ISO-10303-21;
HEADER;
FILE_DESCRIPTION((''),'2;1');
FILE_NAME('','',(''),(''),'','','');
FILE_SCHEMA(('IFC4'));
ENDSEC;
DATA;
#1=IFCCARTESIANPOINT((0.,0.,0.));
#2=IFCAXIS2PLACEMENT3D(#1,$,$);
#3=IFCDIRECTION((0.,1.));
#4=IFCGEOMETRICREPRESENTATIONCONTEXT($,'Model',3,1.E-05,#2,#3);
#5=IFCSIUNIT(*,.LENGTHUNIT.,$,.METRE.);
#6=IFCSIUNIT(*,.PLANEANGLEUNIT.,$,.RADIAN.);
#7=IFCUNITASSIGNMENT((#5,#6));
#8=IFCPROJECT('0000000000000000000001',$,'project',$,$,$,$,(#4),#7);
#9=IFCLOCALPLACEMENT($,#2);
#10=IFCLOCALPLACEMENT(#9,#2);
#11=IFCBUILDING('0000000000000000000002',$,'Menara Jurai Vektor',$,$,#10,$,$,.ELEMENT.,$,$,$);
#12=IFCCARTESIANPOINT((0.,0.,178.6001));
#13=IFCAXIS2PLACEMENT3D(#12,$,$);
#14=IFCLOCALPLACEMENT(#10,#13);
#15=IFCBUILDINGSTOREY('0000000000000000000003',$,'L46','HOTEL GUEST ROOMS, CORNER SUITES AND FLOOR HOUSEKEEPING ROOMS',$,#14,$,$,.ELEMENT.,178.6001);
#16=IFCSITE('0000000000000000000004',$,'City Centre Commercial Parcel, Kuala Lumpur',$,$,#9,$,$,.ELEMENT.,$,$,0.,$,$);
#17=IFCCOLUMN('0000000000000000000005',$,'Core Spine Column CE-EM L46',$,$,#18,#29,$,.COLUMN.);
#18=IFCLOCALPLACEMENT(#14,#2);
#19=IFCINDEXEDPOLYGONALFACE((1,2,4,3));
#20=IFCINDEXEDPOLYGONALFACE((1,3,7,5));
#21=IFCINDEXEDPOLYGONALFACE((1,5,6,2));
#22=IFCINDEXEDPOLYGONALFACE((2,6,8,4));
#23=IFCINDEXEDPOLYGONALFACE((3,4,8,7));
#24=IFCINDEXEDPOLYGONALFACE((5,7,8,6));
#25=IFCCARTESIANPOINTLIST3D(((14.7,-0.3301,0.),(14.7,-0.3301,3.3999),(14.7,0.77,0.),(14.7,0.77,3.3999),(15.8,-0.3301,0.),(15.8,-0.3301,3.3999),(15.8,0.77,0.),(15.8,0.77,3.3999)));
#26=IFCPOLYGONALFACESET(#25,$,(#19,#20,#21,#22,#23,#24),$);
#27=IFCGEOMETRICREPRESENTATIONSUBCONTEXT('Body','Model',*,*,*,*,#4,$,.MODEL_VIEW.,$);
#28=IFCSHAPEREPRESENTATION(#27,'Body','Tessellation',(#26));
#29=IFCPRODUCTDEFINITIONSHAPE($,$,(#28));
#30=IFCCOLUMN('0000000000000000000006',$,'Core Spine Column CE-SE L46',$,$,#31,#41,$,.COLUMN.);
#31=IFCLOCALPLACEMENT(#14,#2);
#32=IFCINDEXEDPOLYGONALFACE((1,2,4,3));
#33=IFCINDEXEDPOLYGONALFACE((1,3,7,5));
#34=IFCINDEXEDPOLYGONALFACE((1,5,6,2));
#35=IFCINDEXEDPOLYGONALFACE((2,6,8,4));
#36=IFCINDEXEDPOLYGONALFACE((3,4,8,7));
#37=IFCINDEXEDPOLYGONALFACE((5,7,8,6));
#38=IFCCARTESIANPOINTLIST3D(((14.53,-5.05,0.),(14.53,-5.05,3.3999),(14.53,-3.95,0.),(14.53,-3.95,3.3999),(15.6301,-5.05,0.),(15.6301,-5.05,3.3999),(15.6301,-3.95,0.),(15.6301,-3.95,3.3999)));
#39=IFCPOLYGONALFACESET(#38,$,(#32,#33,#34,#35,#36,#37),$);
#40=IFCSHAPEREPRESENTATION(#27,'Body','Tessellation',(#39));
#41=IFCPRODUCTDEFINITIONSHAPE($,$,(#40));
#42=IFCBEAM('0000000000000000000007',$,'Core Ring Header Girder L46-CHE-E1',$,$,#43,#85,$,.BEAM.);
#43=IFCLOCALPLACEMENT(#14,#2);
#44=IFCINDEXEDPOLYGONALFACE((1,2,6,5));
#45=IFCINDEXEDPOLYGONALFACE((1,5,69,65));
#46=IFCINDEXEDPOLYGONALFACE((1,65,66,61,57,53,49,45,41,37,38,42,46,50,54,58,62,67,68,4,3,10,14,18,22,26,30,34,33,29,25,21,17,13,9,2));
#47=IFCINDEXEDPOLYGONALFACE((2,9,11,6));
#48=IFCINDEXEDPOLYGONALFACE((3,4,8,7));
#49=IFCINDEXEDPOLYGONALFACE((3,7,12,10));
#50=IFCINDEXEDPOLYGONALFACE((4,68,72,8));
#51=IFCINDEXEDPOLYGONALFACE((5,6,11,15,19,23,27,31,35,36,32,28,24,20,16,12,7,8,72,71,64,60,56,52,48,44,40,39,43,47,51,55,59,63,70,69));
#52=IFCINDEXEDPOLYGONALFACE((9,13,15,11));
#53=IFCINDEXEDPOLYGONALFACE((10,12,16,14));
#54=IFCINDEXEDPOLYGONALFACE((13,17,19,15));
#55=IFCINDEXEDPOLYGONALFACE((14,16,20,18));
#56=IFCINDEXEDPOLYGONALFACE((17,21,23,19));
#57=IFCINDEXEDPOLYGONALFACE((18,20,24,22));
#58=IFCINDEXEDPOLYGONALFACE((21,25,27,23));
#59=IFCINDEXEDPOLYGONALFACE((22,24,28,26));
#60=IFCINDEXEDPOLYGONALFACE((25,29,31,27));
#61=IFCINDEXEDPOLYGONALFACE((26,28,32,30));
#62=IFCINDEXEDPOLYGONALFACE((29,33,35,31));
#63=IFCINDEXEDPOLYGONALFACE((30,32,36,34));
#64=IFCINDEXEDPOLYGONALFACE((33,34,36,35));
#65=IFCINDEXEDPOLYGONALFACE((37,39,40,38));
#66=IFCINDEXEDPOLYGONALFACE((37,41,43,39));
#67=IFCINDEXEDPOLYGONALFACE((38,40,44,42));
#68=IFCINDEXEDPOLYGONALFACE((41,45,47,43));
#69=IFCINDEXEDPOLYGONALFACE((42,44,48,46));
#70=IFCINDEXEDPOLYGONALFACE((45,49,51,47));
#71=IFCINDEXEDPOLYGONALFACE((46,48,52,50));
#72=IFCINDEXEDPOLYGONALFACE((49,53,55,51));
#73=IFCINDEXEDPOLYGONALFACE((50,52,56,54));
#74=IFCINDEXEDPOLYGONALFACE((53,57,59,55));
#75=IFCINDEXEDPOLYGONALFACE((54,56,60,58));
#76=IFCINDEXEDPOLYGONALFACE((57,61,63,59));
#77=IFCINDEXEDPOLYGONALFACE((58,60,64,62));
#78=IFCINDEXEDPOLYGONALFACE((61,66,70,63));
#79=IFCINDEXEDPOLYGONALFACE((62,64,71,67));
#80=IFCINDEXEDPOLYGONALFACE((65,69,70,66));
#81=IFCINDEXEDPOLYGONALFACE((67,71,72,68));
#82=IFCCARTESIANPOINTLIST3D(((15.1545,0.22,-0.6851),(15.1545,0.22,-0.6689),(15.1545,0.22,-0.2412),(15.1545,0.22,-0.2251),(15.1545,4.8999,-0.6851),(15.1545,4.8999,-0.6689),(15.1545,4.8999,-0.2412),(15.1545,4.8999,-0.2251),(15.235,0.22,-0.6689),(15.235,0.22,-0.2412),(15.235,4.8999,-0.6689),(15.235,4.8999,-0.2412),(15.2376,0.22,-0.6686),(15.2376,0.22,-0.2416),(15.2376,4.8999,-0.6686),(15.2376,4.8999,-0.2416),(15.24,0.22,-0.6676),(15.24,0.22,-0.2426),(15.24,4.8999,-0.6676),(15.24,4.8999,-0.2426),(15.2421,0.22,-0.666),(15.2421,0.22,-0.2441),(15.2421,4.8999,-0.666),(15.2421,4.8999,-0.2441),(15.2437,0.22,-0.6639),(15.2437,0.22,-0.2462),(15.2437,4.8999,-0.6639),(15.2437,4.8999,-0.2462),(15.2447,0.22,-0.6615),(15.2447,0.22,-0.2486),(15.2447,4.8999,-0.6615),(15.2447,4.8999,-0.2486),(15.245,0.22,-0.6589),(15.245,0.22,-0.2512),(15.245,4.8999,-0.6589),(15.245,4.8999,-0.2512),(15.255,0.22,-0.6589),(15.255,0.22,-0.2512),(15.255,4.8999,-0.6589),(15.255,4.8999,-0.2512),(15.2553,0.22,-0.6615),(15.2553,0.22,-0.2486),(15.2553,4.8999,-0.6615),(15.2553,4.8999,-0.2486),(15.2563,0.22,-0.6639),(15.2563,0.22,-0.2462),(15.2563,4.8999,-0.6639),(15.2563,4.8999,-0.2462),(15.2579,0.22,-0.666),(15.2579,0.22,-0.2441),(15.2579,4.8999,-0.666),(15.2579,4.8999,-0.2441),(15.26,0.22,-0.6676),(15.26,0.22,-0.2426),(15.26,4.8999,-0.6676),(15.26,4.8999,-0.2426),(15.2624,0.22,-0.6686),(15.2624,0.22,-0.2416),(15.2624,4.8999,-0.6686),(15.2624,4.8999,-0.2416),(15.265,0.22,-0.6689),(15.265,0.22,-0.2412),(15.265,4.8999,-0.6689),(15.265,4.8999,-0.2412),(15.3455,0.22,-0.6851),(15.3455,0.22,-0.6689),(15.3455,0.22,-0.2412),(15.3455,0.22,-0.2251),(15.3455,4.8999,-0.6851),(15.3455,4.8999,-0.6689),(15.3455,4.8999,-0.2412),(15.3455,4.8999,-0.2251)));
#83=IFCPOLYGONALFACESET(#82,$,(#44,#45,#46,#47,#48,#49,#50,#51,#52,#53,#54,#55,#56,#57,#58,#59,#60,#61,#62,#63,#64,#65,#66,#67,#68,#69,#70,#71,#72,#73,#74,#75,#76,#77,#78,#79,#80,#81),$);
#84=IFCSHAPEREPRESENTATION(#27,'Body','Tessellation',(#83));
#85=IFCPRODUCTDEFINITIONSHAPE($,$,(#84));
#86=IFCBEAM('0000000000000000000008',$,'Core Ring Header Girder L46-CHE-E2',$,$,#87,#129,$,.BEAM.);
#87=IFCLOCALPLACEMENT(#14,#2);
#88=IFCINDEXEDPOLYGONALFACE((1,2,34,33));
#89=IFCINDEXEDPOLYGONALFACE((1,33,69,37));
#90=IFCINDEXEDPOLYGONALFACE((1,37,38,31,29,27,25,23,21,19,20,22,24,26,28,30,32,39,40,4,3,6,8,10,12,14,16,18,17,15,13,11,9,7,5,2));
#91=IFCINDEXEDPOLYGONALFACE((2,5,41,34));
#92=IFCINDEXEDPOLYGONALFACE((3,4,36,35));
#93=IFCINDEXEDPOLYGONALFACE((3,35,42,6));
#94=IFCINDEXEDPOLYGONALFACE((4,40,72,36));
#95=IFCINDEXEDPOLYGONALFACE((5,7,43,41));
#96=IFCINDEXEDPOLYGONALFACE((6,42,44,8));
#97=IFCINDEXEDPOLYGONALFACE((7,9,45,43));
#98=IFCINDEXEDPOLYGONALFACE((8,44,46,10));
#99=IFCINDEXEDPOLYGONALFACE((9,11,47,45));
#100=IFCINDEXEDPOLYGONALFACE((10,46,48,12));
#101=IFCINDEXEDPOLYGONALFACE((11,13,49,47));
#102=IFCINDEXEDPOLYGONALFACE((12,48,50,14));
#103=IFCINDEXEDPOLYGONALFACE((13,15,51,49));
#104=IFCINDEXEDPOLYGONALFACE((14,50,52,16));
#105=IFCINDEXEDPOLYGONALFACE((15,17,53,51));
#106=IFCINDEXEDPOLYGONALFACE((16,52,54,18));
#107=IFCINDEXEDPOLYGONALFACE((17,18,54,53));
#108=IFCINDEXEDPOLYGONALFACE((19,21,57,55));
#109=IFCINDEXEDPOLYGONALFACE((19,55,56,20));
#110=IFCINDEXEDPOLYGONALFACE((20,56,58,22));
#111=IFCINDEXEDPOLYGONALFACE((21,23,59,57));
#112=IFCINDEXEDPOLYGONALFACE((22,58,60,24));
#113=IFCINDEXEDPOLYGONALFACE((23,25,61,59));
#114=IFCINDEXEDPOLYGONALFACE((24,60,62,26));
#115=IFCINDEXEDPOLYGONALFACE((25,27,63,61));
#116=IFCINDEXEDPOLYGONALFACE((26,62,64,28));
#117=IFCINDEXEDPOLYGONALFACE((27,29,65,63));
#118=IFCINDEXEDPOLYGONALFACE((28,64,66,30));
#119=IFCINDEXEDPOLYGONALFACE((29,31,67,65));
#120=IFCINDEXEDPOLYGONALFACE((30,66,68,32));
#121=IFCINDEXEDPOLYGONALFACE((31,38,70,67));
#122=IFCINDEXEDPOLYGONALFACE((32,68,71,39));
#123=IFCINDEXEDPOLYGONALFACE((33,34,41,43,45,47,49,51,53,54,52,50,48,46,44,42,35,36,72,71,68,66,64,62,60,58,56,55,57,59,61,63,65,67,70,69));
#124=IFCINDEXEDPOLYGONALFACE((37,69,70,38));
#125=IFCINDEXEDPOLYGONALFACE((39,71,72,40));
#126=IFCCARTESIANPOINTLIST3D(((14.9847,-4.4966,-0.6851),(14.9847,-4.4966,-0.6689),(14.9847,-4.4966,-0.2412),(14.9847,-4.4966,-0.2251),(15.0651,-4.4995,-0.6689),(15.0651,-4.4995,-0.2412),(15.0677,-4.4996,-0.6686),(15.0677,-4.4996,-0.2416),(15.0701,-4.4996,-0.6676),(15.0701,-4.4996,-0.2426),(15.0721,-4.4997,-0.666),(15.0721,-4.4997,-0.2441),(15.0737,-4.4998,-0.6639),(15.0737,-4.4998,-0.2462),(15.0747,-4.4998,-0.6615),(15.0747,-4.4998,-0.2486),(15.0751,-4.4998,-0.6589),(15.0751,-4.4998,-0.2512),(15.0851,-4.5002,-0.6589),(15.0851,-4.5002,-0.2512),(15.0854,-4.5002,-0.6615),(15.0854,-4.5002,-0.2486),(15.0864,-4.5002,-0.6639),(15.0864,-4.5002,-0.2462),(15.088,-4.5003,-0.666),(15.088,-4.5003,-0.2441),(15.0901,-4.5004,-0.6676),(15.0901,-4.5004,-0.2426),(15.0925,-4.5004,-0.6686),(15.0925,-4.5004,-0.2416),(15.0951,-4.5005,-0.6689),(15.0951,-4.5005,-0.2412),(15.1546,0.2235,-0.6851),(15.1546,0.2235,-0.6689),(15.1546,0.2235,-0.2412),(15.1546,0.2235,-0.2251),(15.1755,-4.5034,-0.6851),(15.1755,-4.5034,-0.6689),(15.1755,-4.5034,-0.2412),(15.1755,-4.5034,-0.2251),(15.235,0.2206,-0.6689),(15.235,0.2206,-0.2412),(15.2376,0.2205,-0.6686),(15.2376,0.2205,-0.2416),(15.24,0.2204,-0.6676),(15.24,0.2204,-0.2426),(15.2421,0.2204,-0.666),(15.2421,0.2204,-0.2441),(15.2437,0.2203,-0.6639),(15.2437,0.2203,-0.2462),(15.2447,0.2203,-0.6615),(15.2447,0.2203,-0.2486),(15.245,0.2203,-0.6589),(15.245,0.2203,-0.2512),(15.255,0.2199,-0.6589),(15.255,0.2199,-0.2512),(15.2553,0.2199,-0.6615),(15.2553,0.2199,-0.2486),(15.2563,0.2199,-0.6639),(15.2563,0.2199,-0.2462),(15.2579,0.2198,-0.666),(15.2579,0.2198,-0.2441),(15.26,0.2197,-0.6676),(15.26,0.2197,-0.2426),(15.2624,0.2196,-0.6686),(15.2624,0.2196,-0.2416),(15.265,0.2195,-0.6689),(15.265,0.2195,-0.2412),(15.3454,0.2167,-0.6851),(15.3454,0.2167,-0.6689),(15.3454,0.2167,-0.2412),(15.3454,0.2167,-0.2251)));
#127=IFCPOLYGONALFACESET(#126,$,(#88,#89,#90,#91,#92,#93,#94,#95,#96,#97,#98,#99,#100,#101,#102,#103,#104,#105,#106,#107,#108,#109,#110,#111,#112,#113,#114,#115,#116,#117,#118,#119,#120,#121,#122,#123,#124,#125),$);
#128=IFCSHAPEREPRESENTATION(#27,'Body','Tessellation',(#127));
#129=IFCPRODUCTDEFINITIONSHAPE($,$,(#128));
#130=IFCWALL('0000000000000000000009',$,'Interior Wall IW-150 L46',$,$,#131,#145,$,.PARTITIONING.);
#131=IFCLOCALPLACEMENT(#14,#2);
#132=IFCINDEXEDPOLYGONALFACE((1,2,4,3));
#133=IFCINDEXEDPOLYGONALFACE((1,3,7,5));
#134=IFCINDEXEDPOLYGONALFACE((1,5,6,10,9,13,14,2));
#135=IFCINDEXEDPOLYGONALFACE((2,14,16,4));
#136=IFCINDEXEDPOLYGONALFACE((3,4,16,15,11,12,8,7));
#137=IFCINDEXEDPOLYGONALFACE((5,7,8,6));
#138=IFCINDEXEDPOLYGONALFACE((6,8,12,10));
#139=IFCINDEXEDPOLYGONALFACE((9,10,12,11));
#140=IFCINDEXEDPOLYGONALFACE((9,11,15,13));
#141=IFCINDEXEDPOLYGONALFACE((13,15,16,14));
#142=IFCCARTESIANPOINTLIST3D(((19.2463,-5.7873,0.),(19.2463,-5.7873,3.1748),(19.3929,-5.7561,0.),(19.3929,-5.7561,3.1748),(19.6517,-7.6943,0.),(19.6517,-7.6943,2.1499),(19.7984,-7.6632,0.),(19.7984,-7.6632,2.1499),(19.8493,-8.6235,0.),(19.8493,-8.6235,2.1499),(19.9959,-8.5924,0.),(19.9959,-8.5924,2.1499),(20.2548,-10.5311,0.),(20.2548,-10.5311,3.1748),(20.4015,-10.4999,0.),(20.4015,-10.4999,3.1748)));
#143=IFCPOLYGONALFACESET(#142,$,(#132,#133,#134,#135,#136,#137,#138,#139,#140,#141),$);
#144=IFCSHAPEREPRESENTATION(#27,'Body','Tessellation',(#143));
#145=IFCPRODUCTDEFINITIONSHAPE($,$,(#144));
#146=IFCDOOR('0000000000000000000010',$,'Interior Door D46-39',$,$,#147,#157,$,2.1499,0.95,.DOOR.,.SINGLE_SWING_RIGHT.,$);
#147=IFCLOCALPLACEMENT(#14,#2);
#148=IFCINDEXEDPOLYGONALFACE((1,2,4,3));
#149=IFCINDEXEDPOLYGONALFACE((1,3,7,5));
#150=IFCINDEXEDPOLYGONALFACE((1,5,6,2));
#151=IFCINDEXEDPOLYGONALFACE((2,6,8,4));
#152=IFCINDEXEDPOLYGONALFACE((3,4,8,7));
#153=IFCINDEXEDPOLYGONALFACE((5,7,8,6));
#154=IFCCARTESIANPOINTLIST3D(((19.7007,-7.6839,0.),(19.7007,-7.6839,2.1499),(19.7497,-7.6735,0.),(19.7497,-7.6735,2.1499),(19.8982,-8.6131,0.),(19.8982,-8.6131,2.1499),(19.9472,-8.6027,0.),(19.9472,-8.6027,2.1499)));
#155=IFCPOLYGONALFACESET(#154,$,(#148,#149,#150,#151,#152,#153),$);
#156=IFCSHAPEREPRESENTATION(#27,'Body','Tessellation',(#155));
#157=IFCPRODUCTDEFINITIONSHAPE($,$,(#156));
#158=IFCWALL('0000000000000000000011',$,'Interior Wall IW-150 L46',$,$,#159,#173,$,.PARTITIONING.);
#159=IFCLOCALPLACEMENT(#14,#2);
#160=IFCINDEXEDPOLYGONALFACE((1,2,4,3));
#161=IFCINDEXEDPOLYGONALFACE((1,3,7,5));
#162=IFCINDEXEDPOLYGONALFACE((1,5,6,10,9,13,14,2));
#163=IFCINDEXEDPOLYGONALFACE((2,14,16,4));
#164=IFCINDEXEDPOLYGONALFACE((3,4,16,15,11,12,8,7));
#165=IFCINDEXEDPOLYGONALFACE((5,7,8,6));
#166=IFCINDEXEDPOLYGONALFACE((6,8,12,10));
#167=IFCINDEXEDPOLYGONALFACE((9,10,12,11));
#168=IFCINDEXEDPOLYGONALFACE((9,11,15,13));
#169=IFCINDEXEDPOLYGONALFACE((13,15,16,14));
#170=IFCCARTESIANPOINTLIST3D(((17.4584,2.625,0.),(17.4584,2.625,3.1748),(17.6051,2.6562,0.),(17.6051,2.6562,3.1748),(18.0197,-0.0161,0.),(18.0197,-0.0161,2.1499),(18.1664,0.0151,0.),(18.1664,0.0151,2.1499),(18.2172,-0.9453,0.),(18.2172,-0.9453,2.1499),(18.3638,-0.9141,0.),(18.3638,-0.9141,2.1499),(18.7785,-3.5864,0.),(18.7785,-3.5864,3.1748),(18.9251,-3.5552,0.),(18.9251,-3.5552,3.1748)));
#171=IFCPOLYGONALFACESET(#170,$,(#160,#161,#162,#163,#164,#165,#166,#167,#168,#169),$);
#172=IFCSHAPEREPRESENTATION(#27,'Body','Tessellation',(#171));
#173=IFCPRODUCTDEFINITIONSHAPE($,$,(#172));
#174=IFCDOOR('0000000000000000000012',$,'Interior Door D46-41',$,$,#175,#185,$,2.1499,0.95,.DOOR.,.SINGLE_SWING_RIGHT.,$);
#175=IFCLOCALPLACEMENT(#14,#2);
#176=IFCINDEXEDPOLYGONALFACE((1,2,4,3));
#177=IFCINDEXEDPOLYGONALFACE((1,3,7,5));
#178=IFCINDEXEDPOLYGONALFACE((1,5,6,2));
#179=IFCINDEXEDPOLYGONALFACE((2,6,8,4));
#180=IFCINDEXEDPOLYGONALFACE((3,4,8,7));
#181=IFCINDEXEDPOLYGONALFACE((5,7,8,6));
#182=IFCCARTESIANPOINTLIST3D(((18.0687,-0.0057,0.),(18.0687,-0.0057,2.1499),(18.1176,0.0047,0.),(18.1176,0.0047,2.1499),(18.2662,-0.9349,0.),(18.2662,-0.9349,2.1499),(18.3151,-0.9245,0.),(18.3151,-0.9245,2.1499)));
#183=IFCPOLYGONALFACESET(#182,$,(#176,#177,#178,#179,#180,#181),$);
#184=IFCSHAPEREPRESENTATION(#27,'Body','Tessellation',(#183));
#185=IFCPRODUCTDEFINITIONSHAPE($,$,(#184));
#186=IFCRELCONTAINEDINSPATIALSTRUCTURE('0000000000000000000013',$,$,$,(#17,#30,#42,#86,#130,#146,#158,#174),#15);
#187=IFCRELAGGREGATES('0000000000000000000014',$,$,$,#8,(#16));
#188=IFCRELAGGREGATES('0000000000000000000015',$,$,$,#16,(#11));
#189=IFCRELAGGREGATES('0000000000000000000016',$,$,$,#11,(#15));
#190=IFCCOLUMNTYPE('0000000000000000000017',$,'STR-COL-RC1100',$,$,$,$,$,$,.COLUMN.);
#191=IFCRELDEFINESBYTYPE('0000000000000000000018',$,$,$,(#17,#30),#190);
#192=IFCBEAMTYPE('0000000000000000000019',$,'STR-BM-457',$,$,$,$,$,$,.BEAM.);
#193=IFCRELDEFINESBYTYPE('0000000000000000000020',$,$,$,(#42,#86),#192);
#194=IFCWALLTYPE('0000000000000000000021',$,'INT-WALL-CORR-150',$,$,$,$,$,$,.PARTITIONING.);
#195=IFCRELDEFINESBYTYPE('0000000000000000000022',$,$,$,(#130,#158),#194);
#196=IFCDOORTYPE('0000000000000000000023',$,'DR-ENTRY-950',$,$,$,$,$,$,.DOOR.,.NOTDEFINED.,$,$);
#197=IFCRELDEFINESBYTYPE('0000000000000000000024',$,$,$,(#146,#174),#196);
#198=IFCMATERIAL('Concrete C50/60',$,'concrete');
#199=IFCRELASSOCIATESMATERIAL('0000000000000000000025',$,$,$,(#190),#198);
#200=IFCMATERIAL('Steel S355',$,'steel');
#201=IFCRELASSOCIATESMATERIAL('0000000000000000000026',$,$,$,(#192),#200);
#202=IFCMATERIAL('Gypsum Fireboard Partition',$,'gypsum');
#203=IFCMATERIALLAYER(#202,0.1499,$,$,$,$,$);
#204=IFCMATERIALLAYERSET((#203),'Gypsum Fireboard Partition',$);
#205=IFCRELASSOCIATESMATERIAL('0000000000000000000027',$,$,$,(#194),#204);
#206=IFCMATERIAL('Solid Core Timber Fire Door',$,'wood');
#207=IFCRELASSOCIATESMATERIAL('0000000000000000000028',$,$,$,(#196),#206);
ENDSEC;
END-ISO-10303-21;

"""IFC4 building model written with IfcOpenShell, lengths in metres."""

from ifc_helpers import new_model, si_unit, direction, frame, frame_2d, origin, origin_2d, place, context, subcontext, project, spatial, rectangle, i_section, extrude, material, layer, layer_set, material_profile, profile_set, type_object, element, fill, save


model = new_model("IFC4")

# Units and contexts
model_context = context("Model", 3, precision=1e-05, world=origin(), true_north=direction((0.0, 1.0)))
body_context = subcontext(model_context, "Body", "Model", "MODEL_VIEW")
ifc_project = project(units=[si_unit("LENGTHUNIT", "METRE"), si_unit("PLANEANGLEUNIT", "RADIAN")], contexts=[model_context])

# Site, building, storey
site_placement = place(None, origin())
site = spatial("IfcSite", under=ifc_project, at=site_placement, Name="City Centre Commercial Parcel, Kuala Lumpur", CompositionType="ELEMENT", RefElevation=0.0)
building_placement = place(site_placement, origin())
building = spatial("IfcBuilding", under=site, at=building_placement, Name="Menara Jurai Vektor", CompositionType="ELEMENT")
storey_placement = place(building_placement, frame((0.0, 0.0, 178.6001)))
storey = spatial("IfcBuildingStorey", under=building, at=storey_placement, Name="L46", Description="HOTEL GUEST ROOMS, CORNER SUITES AND FLOOR HOUSEKEEPING ROOMS", CompositionType="ELEMENT", Elevation=178.6001)

# Columns
ifc_material_1 = material(Name="Concrete C50/60", Category="concrete")
ifc_material_profile_1 = material_profile(ifc_material_1, rectangle(XDim=1.1001, YDim=1.1001, at=origin_2d()), Name="RC 1100x1100")
ifc_profile_set_1 = profile_set([ifc_material_profile_1], Name="Concrete C50/60")
column_type = type_object("IfcColumnType", Name="STR-COL-RC1100", PredefinedType="COLUMN", material=ifc_profile_set_1)
for number, where, z_axis, x_axis, name in (
    (1, (15.25, 0.22, 0.0), (0.0, 0.0, 1.0), (1.0, 0.0, 0.0), "Core Spine Column CE-EM L46"),
    (2, (15.0801, -4.5, 0.0), (0.0, 0.0, 1.0), (1.0, 0.0, 0.0), "Core Spine Column CE-SE L46"),
):
    element("IfcColumn", number, at=place(storey_placement, frame(where, z_axis=z_axis, x_axis=x_axis)), inside=storey, type_object=column_type, Name=name, PredefinedType="COLUMN", context=body_context, shape_type="SweptSolid", body=[
        extrude(rectangle(XDim=1.1001, YDim=1.1001, at=origin_2d()), origin(), (0.0, 0.0, 1.0), 3.3999),
    ])

# Beams
ifc_material_2 = material(Name="Steel S355", Category="steel")
ifc_material_profile_2 = material_profile(ifc_material_2, i_section(OverallWidth=0.1909, OverallDepth=0.46, WebThickness=0.01, FlangeThickness=0.0161, FilletRadius=0.01, at=origin_2d()), Name="UKB 457x191x82")
ifc_profile_set_2 = profile_set([ifc_material_profile_2], Name="Steel S355")
beam_type = type_object("IfcBeamType", Name="STR-BM-457", PredefinedType="BEAM", material=ifc_profile_set_2)
beam_1_placement = place(storey_placement, frame((15.25, 0.22, -0.4551), z_axis=(0.0, 1.0, 0.0), x_axis=(-1.0, 0.0, 0.0)))
element("IfcBeam", 3, at=beam_1_placement, inside=storey, type_object=beam_type, Name="Core Ring Header Girder L46-CHE-E1", PredefinedType="BEAM", context=body_context, shape_type="SweptSolid", body=[
    extrude(i_section(OverallWidth=0.1909, OverallDepth=0.46, WebThickness=0.01, FlangeThickness=0.0161, FilletRadius=0.01, at=origin_2d()), origin(), (0.0, 0.0, 1.0), 4.6799),
])
beam_2_placement = place(storey_placement, frame((15.0801, -4.5, -0.4551), z_axis=(0.035977, 0.999353, 0.0), x_axis=(-0.999353, 0.035977, 0.0)))
element("IfcBeam", 4, at=beam_2_placement, inside=storey, type_object=beam_type, Name="Core Ring Header Girder L46-CHE-E2", PredefinedType="BEAM", context=body_context, shape_type="SweptSolid", body=[
    extrude(i_section(OverallWidth=0.1909, OverallDepth=0.46, WebThickness=0.01, FlangeThickness=0.0161, FilletRadius=0.01, at=origin_2d()), origin(), (0.0, 0.0, 1.0), 4.7231),
])

# Walls, openings, doors
ifc_material_3 = material(Name="Gypsum Fireboard Partition", Category="gypsum")
ifc_layer_1 = layer(ifc_material_3, 0.1499)
ifc_layer_set_1 = layer_set([ifc_layer_1], Name="Gypsum Fireboard Partition")
wall_type_1 = type_object("IfcWallType", Name="INT-WALL-CORR-150", PredefinedType="PARTITIONING", material=ifc_layer_set_1)
wall_1_placement = place(storey_placement, frame((20.3281, -10.5154, 0.0), z_axis=(0.0, 0.0, 1.0), x_axis=(-0.207951, 0.978139, 0.0)))
wall_1 = element("IfcWall", 5, at=wall_1_placement, inside=storey, type_object=wall_type_1, Name="Interior Wall IW-150 L46", PredefinedType="PARTITIONING", context=body_context, shape_type="SweptSolid", body=[
    extrude(rectangle(XDim=4.8499, YDim=0.1499, at=frame_2d((2.4248, 0.0))), origin(), (0.0, 0.0, 1.0), 3.1748),
])
opening_1_placement = place(wall_1_placement, frame((1.95, 0.0, 0.0)))
opening_1 = element("IfcOpeningElement", 6, at=opening_1_placement, cuts=wall_1, PredefinedType="OPENING", context=body_context, shape_type="SweptSolid", body=[
    extrude(rectangle(XDim=0.95, YDim=2.1499, at=frame_2d((0.4751, 1.075))), frame((0.0, 0.085, 0.0), z_axis=(0.0, -1.0, 0.0), x_axis=(1.0, 0.0, 0.0)), (0.0, 0.0, 1.0), 0.1699),
])
ifc_material_4 = material(Name="Solid Core Timber Fire Door", Category="wood")
door_type_1 = type_object("IfcDoorType", Name="DR-ENTRY-950", OperationType="NOTDEFINED", PredefinedType="DOOR", material=ifc_material_4)
door_1_placement = place(opening_1_placement, origin())
door_1 = element("IfcDoor", 7, at=door_1_placement, inside=storey, type_object=door_type_1, Name="Interior Door D46-39", OperationType="SINGLE_SWING_RIGHT", OverallHeight=2.1499, OverallWidth=0.95, PredefinedType="DOOR", context=body_context, shape_type="SweptSolid", body=[
    extrude(rectangle(XDim=0.95, YDim=2.1499, at=frame_2d((0.4751, 1.075))), frame((0.0, 0.0249, 0.0), z_axis=(0.0, -1.0, 0.0), x_axis=(1.0, 0.0, 0.0)), (0.0, 0.0, 1.0), 0.05),
])
fill(opening_1, door_1)
wall_2_placement = place(storey_placement, frame((18.8518, -3.5708, 0.0), z_axis=(0.0, 0.0, 1.0), x_axis=(-0.20788, 0.978154, 0.0)))
wall_2 = element("IfcWall", 8, at=wall_2_placement, inside=storey, type_object=wall_type_1, Name="Interior Wall IW-150 L46", PredefinedType="PARTITIONING", context=body_context, shape_type="SweptSolid", body=[
    extrude(rectangle(XDim=6.3501, YDim=0.1499, at=frame_2d((3.175, 0.0))), origin(), (0.0, 0.0, 1.0), 3.1748),
])
opening_2_placement = place(wall_2_placement, frame((2.7, 0.0, 0.0)))
opening_2 = element("IfcOpeningElement", 9, at=opening_2_placement, cuts=wall_2, PredefinedType="OPENING", context=body_context, shape_type="SweptSolid", body=[
    extrude(rectangle(XDim=0.95, YDim=2.1499, at=frame_2d((0.4751, 1.075))), frame((0.0, 0.085, 0.0), z_axis=(0.0, -1.0, 0.0), x_axis=(1.0, 0.0, 0.0)), (0.0, 0.0, 1.0), 0.1699),
])
door_2_placement = place(opening_2_placement, origin())
door_2 = element("IfcDoor", 10, at=door_2_placement, inside=storey, type_object=door_type_1, Name="Interior Door D46-41", OperationType="SINGLE_SWING_RIGHT", OverallHeight=2.1499, OverallWidth=0.95, PredefinedType="DOOR", context=body_context, shape_type="SweptSolid", body=[
    extrude(rectangle(XDim=0.95, YDim=2.1499, at=frame_2d((0.4751, 1.075))), frame((0.0, 0.0249, 0.0), z_axis=(0.0, -1.0, 0.0), x_axis=(1.0, 0.0, 0.0)), (0.0, 0.0, 1.0), 0.05),
])
fill(opening_2, door_2)

save(model, "model.ifc")
